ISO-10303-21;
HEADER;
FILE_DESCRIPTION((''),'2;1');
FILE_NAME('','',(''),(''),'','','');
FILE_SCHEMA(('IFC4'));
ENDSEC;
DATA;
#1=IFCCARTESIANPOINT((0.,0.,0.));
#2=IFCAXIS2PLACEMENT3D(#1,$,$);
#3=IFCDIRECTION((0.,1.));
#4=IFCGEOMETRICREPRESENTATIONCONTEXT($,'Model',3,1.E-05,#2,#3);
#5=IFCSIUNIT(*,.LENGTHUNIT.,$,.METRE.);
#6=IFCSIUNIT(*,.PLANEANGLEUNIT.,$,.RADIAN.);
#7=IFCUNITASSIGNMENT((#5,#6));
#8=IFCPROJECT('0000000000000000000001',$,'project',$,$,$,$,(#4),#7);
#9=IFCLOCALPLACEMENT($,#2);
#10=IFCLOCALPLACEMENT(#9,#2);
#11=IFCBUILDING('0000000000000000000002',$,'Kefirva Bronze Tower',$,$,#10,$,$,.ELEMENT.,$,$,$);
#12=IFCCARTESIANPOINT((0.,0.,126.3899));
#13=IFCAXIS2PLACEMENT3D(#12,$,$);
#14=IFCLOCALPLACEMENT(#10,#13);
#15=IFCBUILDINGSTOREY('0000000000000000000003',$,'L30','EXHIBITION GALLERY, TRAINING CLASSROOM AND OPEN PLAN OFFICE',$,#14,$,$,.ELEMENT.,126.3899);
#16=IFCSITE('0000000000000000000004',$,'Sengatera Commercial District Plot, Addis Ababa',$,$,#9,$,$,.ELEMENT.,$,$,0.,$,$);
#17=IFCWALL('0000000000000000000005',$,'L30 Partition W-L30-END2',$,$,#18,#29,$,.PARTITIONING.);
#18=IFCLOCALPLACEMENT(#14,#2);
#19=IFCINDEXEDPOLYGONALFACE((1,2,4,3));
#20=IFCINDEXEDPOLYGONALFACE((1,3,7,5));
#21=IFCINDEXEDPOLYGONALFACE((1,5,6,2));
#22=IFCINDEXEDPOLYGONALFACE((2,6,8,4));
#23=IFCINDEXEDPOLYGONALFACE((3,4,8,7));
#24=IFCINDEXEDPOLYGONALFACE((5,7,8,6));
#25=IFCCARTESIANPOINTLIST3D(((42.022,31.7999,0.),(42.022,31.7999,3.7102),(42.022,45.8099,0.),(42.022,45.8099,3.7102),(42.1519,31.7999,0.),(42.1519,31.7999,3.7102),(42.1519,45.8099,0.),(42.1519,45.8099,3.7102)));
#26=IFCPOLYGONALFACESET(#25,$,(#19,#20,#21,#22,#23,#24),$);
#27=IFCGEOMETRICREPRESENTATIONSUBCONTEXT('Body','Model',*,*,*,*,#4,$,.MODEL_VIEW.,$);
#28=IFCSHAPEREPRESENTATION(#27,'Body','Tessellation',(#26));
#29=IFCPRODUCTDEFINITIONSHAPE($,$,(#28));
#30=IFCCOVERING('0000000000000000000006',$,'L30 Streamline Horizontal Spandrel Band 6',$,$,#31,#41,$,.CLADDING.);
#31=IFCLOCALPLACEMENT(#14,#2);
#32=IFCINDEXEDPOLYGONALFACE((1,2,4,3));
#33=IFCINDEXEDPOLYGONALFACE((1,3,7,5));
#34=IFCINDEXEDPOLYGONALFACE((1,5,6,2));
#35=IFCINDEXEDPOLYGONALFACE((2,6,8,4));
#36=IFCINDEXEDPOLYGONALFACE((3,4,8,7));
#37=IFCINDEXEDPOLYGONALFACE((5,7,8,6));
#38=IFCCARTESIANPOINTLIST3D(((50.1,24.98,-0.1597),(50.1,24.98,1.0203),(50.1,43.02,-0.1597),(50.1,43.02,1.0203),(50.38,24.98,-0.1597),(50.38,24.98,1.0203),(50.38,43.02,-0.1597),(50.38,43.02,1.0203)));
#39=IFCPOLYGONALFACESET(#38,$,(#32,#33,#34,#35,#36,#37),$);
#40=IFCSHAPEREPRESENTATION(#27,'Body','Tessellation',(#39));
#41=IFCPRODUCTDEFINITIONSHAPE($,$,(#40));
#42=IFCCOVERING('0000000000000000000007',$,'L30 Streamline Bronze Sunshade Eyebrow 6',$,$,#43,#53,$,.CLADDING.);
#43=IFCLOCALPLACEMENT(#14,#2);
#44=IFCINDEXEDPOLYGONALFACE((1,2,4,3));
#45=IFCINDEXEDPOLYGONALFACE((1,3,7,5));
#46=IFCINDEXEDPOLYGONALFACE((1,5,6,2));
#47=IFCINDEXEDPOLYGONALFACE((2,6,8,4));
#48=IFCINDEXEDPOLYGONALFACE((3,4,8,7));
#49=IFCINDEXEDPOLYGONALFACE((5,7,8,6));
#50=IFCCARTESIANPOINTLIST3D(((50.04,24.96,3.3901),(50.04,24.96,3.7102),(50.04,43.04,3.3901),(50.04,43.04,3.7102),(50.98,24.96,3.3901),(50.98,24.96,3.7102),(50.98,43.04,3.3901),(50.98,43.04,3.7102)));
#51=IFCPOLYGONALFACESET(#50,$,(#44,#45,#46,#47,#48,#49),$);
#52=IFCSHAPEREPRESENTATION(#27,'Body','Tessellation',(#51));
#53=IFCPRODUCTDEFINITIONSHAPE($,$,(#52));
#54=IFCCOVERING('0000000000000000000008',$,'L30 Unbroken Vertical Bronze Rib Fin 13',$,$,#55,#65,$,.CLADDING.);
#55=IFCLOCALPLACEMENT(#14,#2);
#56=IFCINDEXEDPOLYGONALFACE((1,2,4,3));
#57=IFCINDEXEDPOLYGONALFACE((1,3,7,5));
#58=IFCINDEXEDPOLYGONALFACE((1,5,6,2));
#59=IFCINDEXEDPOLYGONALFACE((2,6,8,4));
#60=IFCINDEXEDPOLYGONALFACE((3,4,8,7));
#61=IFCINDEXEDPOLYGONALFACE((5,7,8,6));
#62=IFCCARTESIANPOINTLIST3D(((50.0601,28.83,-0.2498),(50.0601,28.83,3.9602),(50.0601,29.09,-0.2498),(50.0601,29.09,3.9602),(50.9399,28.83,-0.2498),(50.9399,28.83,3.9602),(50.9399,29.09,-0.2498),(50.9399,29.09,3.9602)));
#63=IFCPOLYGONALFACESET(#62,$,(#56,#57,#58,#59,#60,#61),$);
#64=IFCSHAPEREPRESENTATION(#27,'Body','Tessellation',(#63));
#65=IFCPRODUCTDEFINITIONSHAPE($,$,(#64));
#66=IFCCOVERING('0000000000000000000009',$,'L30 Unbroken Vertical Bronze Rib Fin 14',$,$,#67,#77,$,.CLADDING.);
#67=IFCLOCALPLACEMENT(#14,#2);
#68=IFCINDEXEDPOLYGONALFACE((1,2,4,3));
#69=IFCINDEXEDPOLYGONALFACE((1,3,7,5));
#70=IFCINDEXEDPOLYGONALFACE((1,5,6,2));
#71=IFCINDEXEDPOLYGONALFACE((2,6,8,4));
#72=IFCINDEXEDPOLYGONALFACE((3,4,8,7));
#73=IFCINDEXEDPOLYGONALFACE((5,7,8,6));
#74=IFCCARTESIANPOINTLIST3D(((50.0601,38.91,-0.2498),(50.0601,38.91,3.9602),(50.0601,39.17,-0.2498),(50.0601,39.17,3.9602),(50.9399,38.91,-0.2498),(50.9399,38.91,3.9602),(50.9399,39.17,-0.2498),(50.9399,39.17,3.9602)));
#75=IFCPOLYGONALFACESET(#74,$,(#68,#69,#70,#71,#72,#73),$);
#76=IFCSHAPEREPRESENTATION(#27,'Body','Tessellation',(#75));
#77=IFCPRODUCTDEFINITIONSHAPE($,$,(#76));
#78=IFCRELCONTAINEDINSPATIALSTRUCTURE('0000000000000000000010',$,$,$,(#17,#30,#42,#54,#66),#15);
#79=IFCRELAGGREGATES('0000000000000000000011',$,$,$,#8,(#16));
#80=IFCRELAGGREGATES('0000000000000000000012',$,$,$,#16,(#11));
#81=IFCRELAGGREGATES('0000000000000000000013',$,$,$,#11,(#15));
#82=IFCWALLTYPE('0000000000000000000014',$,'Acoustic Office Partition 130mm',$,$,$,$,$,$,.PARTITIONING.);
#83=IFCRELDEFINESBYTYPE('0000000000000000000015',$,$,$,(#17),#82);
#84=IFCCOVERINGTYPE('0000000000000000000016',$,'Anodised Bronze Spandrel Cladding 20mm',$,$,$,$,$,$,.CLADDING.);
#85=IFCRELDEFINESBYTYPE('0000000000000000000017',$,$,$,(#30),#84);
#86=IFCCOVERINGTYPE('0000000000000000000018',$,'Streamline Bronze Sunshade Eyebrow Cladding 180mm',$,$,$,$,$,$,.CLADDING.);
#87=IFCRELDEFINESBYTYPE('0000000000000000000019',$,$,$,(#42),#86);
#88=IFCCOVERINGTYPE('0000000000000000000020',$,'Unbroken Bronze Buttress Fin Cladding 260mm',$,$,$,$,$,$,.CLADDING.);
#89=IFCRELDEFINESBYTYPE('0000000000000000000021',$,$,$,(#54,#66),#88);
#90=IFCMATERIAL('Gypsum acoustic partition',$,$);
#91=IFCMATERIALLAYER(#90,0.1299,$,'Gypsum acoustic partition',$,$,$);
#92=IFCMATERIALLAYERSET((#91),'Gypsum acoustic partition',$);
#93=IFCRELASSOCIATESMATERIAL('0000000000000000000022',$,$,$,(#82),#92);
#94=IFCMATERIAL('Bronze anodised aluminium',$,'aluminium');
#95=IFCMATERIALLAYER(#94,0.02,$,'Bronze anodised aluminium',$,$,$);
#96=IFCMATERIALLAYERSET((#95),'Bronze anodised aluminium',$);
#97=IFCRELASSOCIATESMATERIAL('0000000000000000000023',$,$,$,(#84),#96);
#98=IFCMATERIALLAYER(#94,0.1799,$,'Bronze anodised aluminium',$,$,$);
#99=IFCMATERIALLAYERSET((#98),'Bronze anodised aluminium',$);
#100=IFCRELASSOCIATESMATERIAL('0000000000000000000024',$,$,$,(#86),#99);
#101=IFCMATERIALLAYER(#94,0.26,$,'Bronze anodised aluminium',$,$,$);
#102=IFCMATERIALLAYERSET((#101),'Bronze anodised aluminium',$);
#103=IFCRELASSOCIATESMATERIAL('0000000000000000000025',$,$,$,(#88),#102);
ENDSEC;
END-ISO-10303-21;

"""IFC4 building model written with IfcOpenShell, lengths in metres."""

from ifc_helpers import new_model, si_unit, direction, frame, frame_2d, origin, origin_2d, place, context, subcontext, project, spatial, rectangle, extrude, material, layer, layer_set, type_object, element, save


model = new_model("IFC4")

# Units and contexts
model_context = context("Model", 3, precision=1e-05, world=origin(), true_north=direction((0.0, 1.0)))
body_context = subcontext(model_context, "Body", "Model", "MODEL_VIEW")
ifc_project = project(units=[si_unit("LENGTHUNIT", "METRE"), si_unit("PLANEANGLEUNIT", "RADIAN")], contexts=[model_context])

# Site, building, storey
site_placement = place(None, origin())
site = spatial("IfcSite", under=ifc_project, at=site_placement, Name="Sengatera Commercial District Plot, Addis Ababa", CompositionType="ELEMENT", RefElevation=0.0)
building_placement = place(site_placement, origin())
building = spatial("IfcBuilding", under=site, at=building_placement, Name="Kefirva Bronze Tower", CompositionType="ELEMENT")
storey_placement = place(building_placement, frame((0.0, 0.0, 126.3899)))
storey = spatial("IfcBuildingStorey", under=building, at=storey_placement, Name="L30", Description="EXHIBITION GALLERY, TRAINING CLASSROOM AND OPEN PLAN OFFICE", CompositionType="ELEMENT", Elevation=126.3899)

# Shared definitions
ifc_material_1 = material(Name="Bronze anodised aluminium", Category="aluminium")

# Wall
ifc_material_2 = material(Name="Gypsum acoustic partition")
ifc_layer_1 = layer(ifc_material_2, 0.1299, Name="Gypsum acoustic partition")
ifc_layer_set_1 = layer_set([ifc_layer_1], Name="Gypsum acoustic partition")
wall_type = type_object("IfcWallType", Name="Acoustic Office Partition 130mm", PredefinedType="PARTITIONING", material=ifc_layer_set_1)
wall_placement = place(storey_placement, frame((42.0869, 31.8, 0.0), z_axis=(0.0, 0.0, 1.0), x_axis=(0.0, 1.0, 0.0)))
element("IfcWall", 1, at=wall_placement, inside=storey, type_object=wall_type, Name="L30 Partition W-L30-END2", PredefinedType="PARTITIONING", context=body_context, shape_type="SweptSolid", body=[
    extrude(rectangle(XDim=14.01, YDim=0.1299, at=frame_2d((7.0049, 0.0))), origin(), (0.0, 0.0, 1.0), 3.7102),
])

# Coverings
ifc_layer_2 = layer(ifc_material_1, 0.02, Name="Bronze anodised aluminium")
ifc_layer_set_2 = layer_set([ifc_layer_2], Name="Bronze anodised aluminium")
covering_type_1 = type_object("IfcCoveringType", Name="Anodised Bronze Spandrel Cladding 20mm", PredefinedType="CLADDING", material=ifc_layer_set_2)
covering_1_placement = place(storey_placement, frame((50.24, 34.0, -0.1597), z_axis=(0.0, 0.0, 1.0), x_axis=(0.0, 1.0, 0.0)))
element("IfcCovering", 2, at=covering_1_placement, inside=storey, type_object=covering_type_1, Name="L30 Streamline Horizontal Spandrel Band 6", PredefinedType="CLADDING", context=body_context, shape_type="SweptSolid", body=[
    extrude(rectangle(XDim=18.04, YDim=0.28, at=origin_2d()), origin(), (0.0, 0.0, 1.0), 1.1799),
])
ifc_layer_3 = layer(ifc_material_1, 0.1799, Name="Bronze anodised aluminium")
ifc_layer_set_3 = layer_set([ifc_layer_3], Name="Bronze anodised aluminium")
covering_type_2 = type_object("IfcCoveringType", Name="Streamline Bronze Sunshade Eyebrow Cladding 180mm", PredefinedType="CLADDING", material=ifc_layer_set_3)
covering_2_placement = place(storey_placement, frame((50.51, 34.0, 3.3901), z_axis=(0.0, 0.0, 1.0), x_axis=(0.0, 1.0, 0.0)))
element("IfcCovering", 3, at=covering_2_placement, inside=storey, type_object=covering_type_2, Name="L30 Streamline Bronze Sunshade Eyebrow 6", PredefinedType="CLADDING", context=body_context, shape_type="SweptSolid", body=[
    extrude(rectangle(XDim=18.0801, YDim=0.9399, at=origin_2d()), origin(), (0.0, 0.0, 1.0), 0.3201),
])
ifc_layer_4 = layer(ifc_material_1, 0.26, Name="Bronze anodised aluminium")
ifc_layer_set_4 = layer_set([ifc_layer_4], Name="Bronze anodised aluminium")
covering_type_3 = type_object("IfcCoveringType", Name="Unbroken Bronze Buttress Fin Cladding 260mm", PredefinedType="CLADDING", material=ifc_layer_set_4)
for number, where, z_axis, x_axis, name in (
    (4, (50.5, 28.96, -0.2498), (0.0, 0.0, 1.0), (0.0, 1.0, 0.0), "L30 Unbroken Vertical Bronze Rib Fin 13"),
    (5, (50.5, 39.04, -0.2498), (0.0, 0.0, 1.0), (0.0, 1.0, 0.0), "L30 Unbroken Vertical Bronze Rib Fin 14"),
):
    element("IfcCovering", number, at=place(storey_placement, frame(where, z_axis=z_axis, x_axis=x_axis)), inside=storey, type_object=covering_type_3, Name=name, PredefinedType="CLADDING", context=body_context, shape_type="SweptSolid", body=[
        extrude(rectangle(XDim=0.26, YDim=0.8799, at=origin_2d()), origin(), (0.0, 0.0, 1.0), 4.21),
    ])

save(model, "model.ifc")
